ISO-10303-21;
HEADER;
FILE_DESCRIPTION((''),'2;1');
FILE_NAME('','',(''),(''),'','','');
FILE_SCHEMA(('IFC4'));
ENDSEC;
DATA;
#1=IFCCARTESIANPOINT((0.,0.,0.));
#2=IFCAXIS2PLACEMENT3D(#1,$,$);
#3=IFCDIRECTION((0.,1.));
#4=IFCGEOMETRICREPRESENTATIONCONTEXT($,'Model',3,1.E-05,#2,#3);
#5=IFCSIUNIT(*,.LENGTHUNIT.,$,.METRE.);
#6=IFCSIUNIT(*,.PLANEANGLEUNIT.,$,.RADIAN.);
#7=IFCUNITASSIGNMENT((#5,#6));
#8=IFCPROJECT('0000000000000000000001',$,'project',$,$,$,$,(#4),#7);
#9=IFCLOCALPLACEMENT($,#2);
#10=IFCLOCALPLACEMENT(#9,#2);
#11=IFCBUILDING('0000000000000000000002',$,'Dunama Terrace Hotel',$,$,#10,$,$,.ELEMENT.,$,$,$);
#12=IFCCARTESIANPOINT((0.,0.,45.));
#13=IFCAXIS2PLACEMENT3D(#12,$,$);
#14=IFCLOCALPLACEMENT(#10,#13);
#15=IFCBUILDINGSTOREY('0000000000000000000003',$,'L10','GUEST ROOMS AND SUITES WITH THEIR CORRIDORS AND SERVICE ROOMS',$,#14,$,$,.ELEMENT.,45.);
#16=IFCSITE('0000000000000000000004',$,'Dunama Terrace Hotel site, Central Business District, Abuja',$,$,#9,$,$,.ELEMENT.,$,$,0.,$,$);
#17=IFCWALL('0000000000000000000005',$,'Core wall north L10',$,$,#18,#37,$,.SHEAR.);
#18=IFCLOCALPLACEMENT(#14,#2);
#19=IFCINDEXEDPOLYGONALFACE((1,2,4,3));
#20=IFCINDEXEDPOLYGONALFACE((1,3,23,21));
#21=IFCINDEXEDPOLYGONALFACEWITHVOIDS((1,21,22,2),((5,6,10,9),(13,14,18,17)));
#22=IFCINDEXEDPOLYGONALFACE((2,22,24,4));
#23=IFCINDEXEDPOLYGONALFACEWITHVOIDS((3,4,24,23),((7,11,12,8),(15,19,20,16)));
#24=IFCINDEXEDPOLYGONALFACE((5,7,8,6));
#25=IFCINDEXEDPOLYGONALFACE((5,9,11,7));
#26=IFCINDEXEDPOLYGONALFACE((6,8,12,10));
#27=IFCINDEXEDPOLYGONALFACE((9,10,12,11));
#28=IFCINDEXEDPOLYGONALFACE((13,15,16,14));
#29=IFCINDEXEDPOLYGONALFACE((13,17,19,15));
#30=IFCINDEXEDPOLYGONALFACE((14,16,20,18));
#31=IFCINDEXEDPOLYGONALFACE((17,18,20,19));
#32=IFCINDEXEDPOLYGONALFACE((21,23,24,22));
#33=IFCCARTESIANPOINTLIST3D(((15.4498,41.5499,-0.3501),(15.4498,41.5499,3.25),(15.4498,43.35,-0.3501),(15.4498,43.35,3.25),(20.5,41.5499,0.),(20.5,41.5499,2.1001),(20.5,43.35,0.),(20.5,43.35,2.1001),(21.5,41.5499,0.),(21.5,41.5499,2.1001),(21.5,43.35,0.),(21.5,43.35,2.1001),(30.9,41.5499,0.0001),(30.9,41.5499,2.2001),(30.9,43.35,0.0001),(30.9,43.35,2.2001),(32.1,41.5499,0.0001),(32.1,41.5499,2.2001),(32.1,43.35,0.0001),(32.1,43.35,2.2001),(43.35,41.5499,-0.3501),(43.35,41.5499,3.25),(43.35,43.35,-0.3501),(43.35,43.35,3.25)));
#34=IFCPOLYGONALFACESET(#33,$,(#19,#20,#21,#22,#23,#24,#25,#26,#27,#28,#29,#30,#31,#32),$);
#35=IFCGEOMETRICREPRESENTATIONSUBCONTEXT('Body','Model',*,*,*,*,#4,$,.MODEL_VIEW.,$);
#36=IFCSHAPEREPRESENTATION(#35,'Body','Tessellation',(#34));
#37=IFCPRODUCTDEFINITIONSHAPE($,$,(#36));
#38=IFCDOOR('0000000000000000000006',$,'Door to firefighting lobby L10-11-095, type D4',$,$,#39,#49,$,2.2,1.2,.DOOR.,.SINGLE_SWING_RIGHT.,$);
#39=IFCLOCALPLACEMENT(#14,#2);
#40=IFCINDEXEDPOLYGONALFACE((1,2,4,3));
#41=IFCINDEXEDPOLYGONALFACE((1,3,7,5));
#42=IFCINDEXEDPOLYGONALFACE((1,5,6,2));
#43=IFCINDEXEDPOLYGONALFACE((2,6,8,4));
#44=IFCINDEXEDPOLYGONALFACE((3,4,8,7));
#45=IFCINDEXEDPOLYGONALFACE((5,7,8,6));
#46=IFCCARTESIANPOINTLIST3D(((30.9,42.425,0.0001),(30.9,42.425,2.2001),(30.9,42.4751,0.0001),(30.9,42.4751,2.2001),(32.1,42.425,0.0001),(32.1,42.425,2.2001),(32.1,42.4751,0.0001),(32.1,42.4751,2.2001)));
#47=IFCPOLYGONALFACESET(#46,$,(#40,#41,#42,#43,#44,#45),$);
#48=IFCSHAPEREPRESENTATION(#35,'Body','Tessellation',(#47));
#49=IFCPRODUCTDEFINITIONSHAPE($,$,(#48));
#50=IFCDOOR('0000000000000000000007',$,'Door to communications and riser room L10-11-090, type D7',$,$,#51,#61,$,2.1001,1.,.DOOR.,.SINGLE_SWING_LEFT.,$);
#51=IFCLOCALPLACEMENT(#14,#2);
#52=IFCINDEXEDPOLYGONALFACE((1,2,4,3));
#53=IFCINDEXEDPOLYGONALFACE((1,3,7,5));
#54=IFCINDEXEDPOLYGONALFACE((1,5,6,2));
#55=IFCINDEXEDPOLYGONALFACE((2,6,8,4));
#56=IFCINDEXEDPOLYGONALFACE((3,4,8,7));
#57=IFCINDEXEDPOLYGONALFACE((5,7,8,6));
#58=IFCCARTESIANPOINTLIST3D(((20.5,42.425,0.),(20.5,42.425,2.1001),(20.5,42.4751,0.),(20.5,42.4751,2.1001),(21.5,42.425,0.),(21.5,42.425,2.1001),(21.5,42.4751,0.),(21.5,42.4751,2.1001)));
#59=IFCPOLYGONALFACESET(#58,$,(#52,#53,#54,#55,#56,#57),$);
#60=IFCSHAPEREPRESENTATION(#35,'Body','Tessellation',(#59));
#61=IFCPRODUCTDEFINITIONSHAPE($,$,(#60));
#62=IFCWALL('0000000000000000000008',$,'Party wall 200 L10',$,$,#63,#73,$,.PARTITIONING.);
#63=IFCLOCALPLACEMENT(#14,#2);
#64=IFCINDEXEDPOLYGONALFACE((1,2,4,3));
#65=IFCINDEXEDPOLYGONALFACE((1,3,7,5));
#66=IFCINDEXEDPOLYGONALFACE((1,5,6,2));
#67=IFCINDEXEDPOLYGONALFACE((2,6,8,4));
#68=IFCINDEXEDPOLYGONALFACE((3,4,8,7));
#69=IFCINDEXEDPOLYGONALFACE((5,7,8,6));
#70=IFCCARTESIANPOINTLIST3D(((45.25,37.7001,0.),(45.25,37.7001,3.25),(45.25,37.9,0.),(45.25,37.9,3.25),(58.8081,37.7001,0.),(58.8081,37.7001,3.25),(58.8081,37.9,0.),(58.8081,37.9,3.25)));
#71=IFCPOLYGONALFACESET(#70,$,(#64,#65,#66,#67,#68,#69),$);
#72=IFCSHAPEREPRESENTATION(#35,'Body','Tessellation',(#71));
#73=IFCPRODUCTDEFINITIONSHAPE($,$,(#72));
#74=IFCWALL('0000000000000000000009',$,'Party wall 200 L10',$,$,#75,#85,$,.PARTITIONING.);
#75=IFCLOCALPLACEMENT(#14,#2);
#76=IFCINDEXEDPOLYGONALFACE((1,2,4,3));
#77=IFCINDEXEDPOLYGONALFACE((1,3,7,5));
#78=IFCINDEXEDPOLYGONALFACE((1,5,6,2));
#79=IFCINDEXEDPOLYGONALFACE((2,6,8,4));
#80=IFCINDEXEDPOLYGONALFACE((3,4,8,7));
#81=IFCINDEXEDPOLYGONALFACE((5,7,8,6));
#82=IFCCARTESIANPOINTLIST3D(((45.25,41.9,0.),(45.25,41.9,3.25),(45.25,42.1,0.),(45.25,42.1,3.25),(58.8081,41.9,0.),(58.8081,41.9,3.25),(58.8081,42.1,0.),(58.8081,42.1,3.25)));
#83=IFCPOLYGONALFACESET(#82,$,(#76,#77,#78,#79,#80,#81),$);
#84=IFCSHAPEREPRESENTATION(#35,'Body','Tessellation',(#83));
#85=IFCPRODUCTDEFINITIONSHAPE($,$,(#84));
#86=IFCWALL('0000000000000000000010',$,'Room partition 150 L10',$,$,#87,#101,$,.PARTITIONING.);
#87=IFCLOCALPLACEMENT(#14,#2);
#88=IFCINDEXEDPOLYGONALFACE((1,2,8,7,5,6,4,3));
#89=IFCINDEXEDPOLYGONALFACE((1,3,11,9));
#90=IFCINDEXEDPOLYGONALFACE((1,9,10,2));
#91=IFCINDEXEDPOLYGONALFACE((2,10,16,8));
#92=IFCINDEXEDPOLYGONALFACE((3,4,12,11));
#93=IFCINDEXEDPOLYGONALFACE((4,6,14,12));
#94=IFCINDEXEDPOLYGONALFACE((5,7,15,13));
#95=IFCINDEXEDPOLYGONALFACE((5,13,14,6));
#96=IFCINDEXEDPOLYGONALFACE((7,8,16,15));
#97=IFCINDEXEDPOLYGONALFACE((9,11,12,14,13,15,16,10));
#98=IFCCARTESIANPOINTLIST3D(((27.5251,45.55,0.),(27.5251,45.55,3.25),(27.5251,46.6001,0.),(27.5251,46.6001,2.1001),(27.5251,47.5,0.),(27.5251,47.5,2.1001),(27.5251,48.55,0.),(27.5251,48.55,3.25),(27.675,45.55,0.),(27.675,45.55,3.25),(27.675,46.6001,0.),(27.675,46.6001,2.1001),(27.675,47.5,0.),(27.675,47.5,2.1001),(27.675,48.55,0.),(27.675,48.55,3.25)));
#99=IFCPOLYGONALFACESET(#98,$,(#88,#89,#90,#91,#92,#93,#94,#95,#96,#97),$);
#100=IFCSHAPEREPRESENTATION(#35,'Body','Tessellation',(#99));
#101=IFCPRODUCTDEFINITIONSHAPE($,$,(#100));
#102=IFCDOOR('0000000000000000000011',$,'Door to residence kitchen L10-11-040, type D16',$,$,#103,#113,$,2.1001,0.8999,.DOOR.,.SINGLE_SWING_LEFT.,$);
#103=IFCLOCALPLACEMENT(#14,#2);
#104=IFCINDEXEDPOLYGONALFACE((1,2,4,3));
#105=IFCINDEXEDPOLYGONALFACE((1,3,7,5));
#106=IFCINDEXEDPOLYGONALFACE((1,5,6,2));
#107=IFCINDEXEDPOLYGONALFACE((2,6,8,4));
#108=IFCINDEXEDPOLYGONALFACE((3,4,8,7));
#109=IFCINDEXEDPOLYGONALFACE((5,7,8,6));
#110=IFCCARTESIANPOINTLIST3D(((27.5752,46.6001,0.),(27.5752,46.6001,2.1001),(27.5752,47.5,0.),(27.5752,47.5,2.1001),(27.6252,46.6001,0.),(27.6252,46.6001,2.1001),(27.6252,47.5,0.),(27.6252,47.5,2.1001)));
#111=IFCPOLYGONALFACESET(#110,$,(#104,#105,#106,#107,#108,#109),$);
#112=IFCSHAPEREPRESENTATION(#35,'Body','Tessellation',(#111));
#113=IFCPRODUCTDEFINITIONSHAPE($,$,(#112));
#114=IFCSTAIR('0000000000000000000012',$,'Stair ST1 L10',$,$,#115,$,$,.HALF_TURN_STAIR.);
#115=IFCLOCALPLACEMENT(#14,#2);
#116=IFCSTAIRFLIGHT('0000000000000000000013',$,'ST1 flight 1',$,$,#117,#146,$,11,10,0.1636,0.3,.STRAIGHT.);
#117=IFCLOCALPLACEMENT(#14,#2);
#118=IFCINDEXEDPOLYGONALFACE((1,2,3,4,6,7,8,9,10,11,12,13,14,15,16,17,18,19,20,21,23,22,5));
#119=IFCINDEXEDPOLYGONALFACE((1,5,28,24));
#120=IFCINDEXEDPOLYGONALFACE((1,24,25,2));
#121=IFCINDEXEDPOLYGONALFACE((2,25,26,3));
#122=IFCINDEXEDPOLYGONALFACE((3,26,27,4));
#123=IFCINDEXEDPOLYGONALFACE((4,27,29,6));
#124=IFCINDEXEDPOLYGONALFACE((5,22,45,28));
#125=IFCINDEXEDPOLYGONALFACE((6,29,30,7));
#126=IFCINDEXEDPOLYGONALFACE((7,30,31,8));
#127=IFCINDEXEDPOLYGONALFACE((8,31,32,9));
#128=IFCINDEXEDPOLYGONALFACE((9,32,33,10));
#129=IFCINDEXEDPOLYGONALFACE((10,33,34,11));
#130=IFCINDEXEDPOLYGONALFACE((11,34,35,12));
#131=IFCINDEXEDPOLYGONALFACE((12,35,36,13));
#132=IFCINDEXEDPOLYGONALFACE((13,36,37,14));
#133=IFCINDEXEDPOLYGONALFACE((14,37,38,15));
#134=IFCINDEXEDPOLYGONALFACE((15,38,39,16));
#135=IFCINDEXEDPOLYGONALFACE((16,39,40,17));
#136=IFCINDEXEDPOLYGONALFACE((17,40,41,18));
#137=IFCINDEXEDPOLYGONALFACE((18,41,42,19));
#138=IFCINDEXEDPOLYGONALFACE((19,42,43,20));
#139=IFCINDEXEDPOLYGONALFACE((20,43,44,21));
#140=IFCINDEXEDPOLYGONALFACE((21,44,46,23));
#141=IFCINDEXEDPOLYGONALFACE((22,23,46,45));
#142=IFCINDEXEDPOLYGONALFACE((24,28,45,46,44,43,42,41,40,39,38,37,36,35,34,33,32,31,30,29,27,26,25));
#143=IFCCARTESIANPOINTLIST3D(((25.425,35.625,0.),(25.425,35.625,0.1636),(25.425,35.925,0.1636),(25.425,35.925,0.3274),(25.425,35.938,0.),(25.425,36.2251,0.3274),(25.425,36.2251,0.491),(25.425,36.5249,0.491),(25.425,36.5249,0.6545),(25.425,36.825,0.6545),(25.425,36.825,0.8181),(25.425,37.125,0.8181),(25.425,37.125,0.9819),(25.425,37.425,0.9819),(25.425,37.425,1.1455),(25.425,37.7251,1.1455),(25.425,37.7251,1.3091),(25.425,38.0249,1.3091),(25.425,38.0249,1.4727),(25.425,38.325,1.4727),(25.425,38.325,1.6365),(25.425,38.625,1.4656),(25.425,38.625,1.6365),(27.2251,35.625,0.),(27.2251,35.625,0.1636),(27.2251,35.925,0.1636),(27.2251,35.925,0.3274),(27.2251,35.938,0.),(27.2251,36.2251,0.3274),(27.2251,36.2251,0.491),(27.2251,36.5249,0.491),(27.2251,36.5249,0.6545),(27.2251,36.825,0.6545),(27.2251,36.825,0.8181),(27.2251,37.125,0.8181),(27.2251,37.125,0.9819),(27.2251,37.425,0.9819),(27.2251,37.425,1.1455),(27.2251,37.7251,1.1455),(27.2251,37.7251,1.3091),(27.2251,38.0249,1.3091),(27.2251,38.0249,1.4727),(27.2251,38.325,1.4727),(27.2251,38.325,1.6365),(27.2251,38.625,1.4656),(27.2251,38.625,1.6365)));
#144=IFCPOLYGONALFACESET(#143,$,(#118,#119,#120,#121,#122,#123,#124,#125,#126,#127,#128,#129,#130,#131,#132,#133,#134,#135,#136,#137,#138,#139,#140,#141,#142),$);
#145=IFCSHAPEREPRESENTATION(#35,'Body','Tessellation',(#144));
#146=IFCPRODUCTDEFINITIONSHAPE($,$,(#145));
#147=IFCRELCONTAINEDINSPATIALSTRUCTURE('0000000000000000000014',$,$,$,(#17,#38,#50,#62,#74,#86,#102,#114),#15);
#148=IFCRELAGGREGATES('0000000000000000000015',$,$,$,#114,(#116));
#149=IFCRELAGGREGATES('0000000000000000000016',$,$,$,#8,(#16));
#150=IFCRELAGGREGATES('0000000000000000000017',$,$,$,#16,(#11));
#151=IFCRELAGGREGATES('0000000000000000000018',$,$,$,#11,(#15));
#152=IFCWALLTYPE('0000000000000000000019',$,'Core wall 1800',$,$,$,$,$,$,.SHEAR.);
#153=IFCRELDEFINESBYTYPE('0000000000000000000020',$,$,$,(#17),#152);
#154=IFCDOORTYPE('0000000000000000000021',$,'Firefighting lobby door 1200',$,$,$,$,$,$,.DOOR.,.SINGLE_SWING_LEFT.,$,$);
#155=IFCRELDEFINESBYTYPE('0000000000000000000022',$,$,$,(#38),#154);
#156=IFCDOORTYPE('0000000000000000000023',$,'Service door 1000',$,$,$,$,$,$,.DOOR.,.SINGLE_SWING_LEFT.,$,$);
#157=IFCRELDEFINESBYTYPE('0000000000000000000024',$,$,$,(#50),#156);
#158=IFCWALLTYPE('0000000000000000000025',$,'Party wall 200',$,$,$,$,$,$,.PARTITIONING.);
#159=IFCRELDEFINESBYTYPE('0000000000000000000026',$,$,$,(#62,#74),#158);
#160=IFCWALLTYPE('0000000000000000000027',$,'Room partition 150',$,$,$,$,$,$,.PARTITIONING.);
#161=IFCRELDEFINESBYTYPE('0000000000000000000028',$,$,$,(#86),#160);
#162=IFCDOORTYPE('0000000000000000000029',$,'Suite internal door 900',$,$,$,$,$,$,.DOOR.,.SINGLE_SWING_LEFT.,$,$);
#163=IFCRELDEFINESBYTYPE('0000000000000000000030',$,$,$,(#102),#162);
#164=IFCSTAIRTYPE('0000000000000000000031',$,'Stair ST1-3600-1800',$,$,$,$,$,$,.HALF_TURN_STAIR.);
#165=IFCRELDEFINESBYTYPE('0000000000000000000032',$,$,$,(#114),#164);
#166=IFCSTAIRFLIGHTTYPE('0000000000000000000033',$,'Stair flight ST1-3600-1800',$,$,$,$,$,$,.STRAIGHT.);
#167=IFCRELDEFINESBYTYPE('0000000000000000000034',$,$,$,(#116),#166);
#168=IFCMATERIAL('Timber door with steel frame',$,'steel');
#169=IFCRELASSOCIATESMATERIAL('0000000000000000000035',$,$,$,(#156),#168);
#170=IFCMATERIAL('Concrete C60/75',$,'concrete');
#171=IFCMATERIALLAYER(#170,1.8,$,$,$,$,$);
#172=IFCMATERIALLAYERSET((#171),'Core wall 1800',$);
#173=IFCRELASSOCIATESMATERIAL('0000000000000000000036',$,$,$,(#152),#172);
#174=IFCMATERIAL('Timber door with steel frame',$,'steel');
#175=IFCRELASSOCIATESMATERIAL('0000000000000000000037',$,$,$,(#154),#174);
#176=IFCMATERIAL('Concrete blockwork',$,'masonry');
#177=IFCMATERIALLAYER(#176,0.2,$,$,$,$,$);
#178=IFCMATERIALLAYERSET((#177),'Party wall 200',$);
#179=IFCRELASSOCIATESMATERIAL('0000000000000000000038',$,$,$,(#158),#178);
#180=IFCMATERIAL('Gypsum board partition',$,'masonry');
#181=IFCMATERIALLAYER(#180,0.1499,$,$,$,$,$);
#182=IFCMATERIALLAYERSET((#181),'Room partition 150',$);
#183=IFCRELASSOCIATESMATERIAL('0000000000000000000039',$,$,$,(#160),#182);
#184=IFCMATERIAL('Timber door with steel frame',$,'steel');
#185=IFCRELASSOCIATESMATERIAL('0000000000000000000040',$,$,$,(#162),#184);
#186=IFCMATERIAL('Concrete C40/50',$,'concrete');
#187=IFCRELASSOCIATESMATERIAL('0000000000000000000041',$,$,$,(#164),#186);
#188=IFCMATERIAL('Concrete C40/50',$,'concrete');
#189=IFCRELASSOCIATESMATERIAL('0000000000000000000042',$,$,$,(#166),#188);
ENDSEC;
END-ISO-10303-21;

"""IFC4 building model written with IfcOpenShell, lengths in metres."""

from ifc_helpers import new_model, si_unit, direction, frame, frame_2d, origin, place, context, subcontext, project, spatial, polyline, rectangle, outline, extrude, material, layer, layer_set, type_object, element, fill, aggregate, save


model = new_model("IFC4")

# Units and contexts
model_context = context("Model", 3, precision=1e-05, world=origin(), true_north=direction((0.0, 1.0)))
body_context = subcontext(model_context, "Body", "Model", "MODEL_VIEW")
ifc_project = project(units=[si_unit("LENGTHUNIT", "METRE"), si_unit("PLANEANGLEUNIT", "RADIAN")], contexts=[model_context])

# Site, building, storey
site_placement = place(None, origin())
site = spatial("IfcSite", under=ifc_project, at=site_placement, Name="Dunama Terrace Hotel site, Central Business District, Abuja", CompositionType="ELEMENT", RefElevation=0.0)
building_placement = place(site_placement, origin())
building = spatial("IfcBuilding", under=site, at=building_placement, Name="Dunama Terrace Hotel", CompositionType="ELEMENT")
storey_placement = place(building_placement, frame((0.0, 0.0, 45.0)))
storey = spatial("IfcBuildingStorey", under=building, at=storey_placement, Name="L10", Description="GUEST ROOMS AND SUITES WITH THEIR CORRIDORS AND SERVICE ROOMS", CompositionType="ELEMENT", Elevation=45.0)

# Shared definitions
ifc_material_1 = material(Name="Timber door with steel frame", Category="steel")
door_type_1 = type_object("IfcDoorType", Name="Service door 1000", OperationType="SINGLE_SWING_LEFT", PredefinedType="DOOR", material=ifc_material_1)

# Wall, openings, doors
ifc_material_2 = material(Name="Concrete C60/75", Category="concrete")
ifc_layer_1 = layer(ifc_material_2, 1.8)
ifc_layer_set_1 = layer_set([ifc_layer_1], Name="Core wall 1800")
wall_type_1 = type_object("IfcWallType", Name="Core wall 1800", PredefinedType="SHEAR", material=ifc_layer_set_1)
wall_1_placement = place(storey_placement, frame((43.3501, 42.45, -0.3501), z_axis=(0.0, 0.0, 1.0), x_axis=(-1.0, 0.0, 0.0)))
wall_1 = element("IfcWall", 1, at=wall_1_placement, inside=storey, type_object=wall_type_1, Name="Core wall north L10", PredefinedType="SHEAR", context=body_context, shape_type="SweptSolid", body=[
    extrude(rectangle(XDim=27.9001, YDim=1.8, at=frame_2d((13.9502, 0.0))), origin(), (0.0, 0.0, 1.0), 3.6001),
])
opening_1_placement = place(wall_1_placement, frame((21.8501, 0.0, 0.3501)))
opening_1 = element("IfcOpeningElement", 2, at=opening_1_placement, cuts=wall_1, PredefinedType="OPENING", context=body_context, shape_type="SweptSolid", body=[
    extrude(rectangle(XDim=1.0, YDim=2.1001, at=frame_2d((0.5, 1.05))), frame((0.0, 0.9099, 0.0), z_axis=(0.0, -1.0, 0.0), x_axis=(1.0, 0.0, 0.0)), (0.0, 0.0, 1.0), 1.8201),
])
opening_2_placement = place(wall_1_placement, frame((11.25, 0.0, 0.3501)))
opening_2 = element("IfcOpeningElement", 3, at=opening_2_placement, cuts=wall_1, PredefinedType="OPENING", context=body_context, shape_type="SweptSolid", body=[
    extrude(rectangle(XDim=1.2, YDim=2.2, at=frame_2d((0.6001, 1.1001))), frame((0.0, 0.9099, 0.0), z_axis=(0.0, -1.0, 0.0), x_axis=(1.0, 0.0, 0.0)), (0.0, 0.0, 1.0), 1.8201),
])
ifc_material_3 = material(Name="Timber door with steel frame", Category="steel")
door_type_2 = type_object("IfcDoorType", Name="Firefighting lobby door 1200", OperationType="SINGLE_SWING_LEFT", PredefinedType="DOOR", material=ifc_material_3)
door_1_placement = place(opening_2_placement, origin())
door_1 = element("IfcDoor", 4, at=door_1_placement, inside=storey, type_object=door_type_2, Name="Door to firefighting lobby L10-11-095, type D4", OperationType="SINGLE_SWING_RIGHT", OverallHeight=2.2, OverallWidth=1.2, PredefinedType="DOOR", context=body_context, shape_type="SweptSolid", body=[
    extrude(rectangle(XDim=1.2, YDim=2.2, at=frame_2d((0.6001, 1.1001))), frame((0.0, 0.0249, 0.0), z_axis=(0.0, -1.0, 0.0), x_axis=(1.0, 0.0, 0.0)), (0.0, 0.0, 1.0), 0.05),
])
fill(opening_2, door_1)
door_2_placement = place(opening_1_placement, origin())
door_2 = element("IfcDoor", 5, at=door_2_placement, inside=storey, type_object=door_type_1, Name="Door to communications and riser room L10-11-090, type D7", OperationType="SINGLE_SWING_LEFT", OverallHeight=2.1001, OverallWidth=1.0, PredefinedType="DOOR", context=body_context, shape_type="SweptSolid", body=[
    extrude(rectangle(XDim=1.0, YDim=2.1001, at=frame_2d((0.5, 1.05))), frame((0.0, 0.0249, 0.0), z_axis=(0.0, -1.0, 0.0), x_axis=(1.0, 0.0, 0.0)), (0.0, 0.0, 1.0), 0.05),
])
fill(opening_1, door_2)

# Walls
ifc_material_4 = material(Name="Concrete blockwork", Category="masonry")
ifc_layer_2 = layer(ifc_material_4, 0.2)
ifc_layer_set_2 = layer_set([ifc_layer_2], Name="Party wall 200")
wall_type_2 = type_object("IfcWallType", Name="Party wall 200", PredefinedType="PARTITIONING", material=ifc_layer_set_2)
for number, where, z_axis, x_axis, name in (
    (6, (45.25, 37.8, 0.0), (0.0, 0.0, 1.0), (1.0, 0.0, 0.0), "Party wall 200 L10"),
    (7, (45.25, 42.0, 0.0), (0.0, 0.0, 1.0), (1.0, 0.0, 0.0), "Party wall 200 L10"),
):
    element("IfcWall", number, at=place(storey_placement, frame(where, z_axis=z_axis, x_axis=x_axis)), inside=storey, type_object=wall_type_2, Name=name, PredefinedType="PARTITIONING", context=body_context, shape_type="SweptSolid", body=[
        extrude(rectangle(XDim=13.5581, YDim=0.2, at=frame_2d((6.7791, 0.0))), origin(), (0.0, 0.0, 1.0), 3.25),
    ])

# Wall, opening, door
ifc_material_5 = material(Name="Gypsum board partition", Category="masonry")
ifc_layer_3 = layer(ifc_material_5, 0.1499)
ifc_layer_set_3 = layer_set([ifc_layer_3], Name="Room partition 150")
wall_type_3 = type_object("IfcWallType", Name="Room partition 150", PredefinedType="PARTITIONING", material=ifc_layer_set_3)
wall_2_placement = place(storey_placement, frame((27.6001, 45.55, 0.0), z_axis=(0.0, 0.0, 1.0), x_axis=(0.0, 1.0, 0.0)))
wall_2 = element("IfcWall", 8, at=wall_2_placement, inside=storey, type_object=wall_type_3, Name="Room partition 150 L10", PredefinedType="PARTITIONING", context=body_context, shape_type="SweptSolid", body=[
    extrude(rectangle(XDim=3.0, YDim=0.1499, at=frame_2d((1.5, 0.0))), origin(), (0.0, 0.0, 1.0), 3.25),
])
opening_3_placement = place(wall_2_placement, frame((1.05, 0.0, 0.0)))
opening_3 = element("IfcOpeningElement", 9, at=opening_3_placement, cuts=wall_2, PredefinedType="OPENING", context=body_context, shape_type="SweptSolid", body=[
    extrude(rectangle(XDim=0.8999, YDim=2.1001, at=frame_2d((0.45, 1.05))), frame((0.0, 0.085, 0.0), z_axis=(0.0, -1.0, 0.0), x_axis=(1.0, 0.0, 0.0)), (0.0, 0.0, 1.0), 0.1699),
])
ifc_material_6 = material(Name="Timber door with steel frame", Category="steel")
door_type_3 = type_object("IfcDoorType", Name="Suite internal door 900", OperationType="SINGLE_SWING_LEFT", PredefinedType="DOOR", material=ifc_material_6)
door_3_placement = place(opening_3_placement, origin())
door_3 = element("IfcDoor", 10, at=door_3_placement, inside=storey, type_object=door_type_3, Name="Door to residence kitchen L10-11-040, type D16", OperationType="SINGLE_SWING_LEFT", OverallHeight=2.1001, OverallWidth=0.8999, PredefinedType="DOOR", context=body_context, shape_type="SweptSolid", body=[
    extrude(rectangle(XDim=0.8999, YDim=2.1001, at=frame_2d((0.45, 1.05))), frame((0.0, 0.0249, 0.0), z_axis=(0.0, -1.0, 0.0), x_axis=(1.0, 0.0, 0.0)), (0.0, 0.0, 1.0), 0.05),
])
fill(opening_3, door_3)

# Stair, stair flight
ifc_material_7 = material(Name="Concrete C40/50", Category="concrete")
stair_type = type_object("IfcStairType", Name="Stair ST1-3600-1800", PredefinedType="HALF_TURN_STAIR", material=ifc_material_7)
stair_placement = place(storey_placement, origin())
stair = element("IfcStair", 11, at=stair_placement, inside=storey, type_object=stair_type, Name="Stair ST1 L10", PredefinedType="HALF_TURN_STAIR")
ifc_material_8 = material(Name="Concrete C40/50", Category="concrete")
stair_flight_type = type_object("IfcStairFlightType", Name="Stair flight ST1-3600-1800", PredefinedType="STRAIGHT", material=ifc_material_8)
stair_flight_1_placement = place(storey_placement, frame((26.325, 35.625, 0.0), z_axis=(0.0, 0.0, 1.0), x_axis=(0.0, 1.0, 0.0)))
stair_flight_1 = element("IfcStairFlight", 12, at=stair_flight_1_placement, type_object=stair_flight_type, Name="ST1 flight 1", NumberOfRisers=11, NumberOfTreads=10, PredefinedType="STRAIGHT", RiserHeight=0.1636, TreadLength=0.3, context=body_context, shape_type="SweptSolid", body=[
    extrude(outline(polyline([(0.0, 0.0), (0.0, 0.1636), (0.3, 0.1636), (0.3, 0.3274), (0.6001, 0.3274), (0.6001, 0.491), (0.8999, 0.491), (0.8999, 0.6545), (1.2, 0.6545), (1.2, 0.8181), (1.5, 0.8181), (1.5, 0.9819), (1.8, 0.9819), (1.8, 1.1455), (2.1001, 1.1455), (2.1001, 1.3091), (2.3999, 1.3091), (2.3999, 1.4727), (2.7, 1.4727), (2.7, 1.6365), (3.0, 1.6365), (3.0, 1.8), (3.0, 1.4656), (0.313, 0.0), (0.0, 0.0)])), frame((0.0, 0.8999, 0.0), z_axis=(0.0, -1.0, 0.0), x_axis=(1.0, 0.0, 0.0)), (0.0, 0.0, 1.0), 1.8),
])
aggregate(stair, [stair_flight_1])

save(model, "model.ifc")
